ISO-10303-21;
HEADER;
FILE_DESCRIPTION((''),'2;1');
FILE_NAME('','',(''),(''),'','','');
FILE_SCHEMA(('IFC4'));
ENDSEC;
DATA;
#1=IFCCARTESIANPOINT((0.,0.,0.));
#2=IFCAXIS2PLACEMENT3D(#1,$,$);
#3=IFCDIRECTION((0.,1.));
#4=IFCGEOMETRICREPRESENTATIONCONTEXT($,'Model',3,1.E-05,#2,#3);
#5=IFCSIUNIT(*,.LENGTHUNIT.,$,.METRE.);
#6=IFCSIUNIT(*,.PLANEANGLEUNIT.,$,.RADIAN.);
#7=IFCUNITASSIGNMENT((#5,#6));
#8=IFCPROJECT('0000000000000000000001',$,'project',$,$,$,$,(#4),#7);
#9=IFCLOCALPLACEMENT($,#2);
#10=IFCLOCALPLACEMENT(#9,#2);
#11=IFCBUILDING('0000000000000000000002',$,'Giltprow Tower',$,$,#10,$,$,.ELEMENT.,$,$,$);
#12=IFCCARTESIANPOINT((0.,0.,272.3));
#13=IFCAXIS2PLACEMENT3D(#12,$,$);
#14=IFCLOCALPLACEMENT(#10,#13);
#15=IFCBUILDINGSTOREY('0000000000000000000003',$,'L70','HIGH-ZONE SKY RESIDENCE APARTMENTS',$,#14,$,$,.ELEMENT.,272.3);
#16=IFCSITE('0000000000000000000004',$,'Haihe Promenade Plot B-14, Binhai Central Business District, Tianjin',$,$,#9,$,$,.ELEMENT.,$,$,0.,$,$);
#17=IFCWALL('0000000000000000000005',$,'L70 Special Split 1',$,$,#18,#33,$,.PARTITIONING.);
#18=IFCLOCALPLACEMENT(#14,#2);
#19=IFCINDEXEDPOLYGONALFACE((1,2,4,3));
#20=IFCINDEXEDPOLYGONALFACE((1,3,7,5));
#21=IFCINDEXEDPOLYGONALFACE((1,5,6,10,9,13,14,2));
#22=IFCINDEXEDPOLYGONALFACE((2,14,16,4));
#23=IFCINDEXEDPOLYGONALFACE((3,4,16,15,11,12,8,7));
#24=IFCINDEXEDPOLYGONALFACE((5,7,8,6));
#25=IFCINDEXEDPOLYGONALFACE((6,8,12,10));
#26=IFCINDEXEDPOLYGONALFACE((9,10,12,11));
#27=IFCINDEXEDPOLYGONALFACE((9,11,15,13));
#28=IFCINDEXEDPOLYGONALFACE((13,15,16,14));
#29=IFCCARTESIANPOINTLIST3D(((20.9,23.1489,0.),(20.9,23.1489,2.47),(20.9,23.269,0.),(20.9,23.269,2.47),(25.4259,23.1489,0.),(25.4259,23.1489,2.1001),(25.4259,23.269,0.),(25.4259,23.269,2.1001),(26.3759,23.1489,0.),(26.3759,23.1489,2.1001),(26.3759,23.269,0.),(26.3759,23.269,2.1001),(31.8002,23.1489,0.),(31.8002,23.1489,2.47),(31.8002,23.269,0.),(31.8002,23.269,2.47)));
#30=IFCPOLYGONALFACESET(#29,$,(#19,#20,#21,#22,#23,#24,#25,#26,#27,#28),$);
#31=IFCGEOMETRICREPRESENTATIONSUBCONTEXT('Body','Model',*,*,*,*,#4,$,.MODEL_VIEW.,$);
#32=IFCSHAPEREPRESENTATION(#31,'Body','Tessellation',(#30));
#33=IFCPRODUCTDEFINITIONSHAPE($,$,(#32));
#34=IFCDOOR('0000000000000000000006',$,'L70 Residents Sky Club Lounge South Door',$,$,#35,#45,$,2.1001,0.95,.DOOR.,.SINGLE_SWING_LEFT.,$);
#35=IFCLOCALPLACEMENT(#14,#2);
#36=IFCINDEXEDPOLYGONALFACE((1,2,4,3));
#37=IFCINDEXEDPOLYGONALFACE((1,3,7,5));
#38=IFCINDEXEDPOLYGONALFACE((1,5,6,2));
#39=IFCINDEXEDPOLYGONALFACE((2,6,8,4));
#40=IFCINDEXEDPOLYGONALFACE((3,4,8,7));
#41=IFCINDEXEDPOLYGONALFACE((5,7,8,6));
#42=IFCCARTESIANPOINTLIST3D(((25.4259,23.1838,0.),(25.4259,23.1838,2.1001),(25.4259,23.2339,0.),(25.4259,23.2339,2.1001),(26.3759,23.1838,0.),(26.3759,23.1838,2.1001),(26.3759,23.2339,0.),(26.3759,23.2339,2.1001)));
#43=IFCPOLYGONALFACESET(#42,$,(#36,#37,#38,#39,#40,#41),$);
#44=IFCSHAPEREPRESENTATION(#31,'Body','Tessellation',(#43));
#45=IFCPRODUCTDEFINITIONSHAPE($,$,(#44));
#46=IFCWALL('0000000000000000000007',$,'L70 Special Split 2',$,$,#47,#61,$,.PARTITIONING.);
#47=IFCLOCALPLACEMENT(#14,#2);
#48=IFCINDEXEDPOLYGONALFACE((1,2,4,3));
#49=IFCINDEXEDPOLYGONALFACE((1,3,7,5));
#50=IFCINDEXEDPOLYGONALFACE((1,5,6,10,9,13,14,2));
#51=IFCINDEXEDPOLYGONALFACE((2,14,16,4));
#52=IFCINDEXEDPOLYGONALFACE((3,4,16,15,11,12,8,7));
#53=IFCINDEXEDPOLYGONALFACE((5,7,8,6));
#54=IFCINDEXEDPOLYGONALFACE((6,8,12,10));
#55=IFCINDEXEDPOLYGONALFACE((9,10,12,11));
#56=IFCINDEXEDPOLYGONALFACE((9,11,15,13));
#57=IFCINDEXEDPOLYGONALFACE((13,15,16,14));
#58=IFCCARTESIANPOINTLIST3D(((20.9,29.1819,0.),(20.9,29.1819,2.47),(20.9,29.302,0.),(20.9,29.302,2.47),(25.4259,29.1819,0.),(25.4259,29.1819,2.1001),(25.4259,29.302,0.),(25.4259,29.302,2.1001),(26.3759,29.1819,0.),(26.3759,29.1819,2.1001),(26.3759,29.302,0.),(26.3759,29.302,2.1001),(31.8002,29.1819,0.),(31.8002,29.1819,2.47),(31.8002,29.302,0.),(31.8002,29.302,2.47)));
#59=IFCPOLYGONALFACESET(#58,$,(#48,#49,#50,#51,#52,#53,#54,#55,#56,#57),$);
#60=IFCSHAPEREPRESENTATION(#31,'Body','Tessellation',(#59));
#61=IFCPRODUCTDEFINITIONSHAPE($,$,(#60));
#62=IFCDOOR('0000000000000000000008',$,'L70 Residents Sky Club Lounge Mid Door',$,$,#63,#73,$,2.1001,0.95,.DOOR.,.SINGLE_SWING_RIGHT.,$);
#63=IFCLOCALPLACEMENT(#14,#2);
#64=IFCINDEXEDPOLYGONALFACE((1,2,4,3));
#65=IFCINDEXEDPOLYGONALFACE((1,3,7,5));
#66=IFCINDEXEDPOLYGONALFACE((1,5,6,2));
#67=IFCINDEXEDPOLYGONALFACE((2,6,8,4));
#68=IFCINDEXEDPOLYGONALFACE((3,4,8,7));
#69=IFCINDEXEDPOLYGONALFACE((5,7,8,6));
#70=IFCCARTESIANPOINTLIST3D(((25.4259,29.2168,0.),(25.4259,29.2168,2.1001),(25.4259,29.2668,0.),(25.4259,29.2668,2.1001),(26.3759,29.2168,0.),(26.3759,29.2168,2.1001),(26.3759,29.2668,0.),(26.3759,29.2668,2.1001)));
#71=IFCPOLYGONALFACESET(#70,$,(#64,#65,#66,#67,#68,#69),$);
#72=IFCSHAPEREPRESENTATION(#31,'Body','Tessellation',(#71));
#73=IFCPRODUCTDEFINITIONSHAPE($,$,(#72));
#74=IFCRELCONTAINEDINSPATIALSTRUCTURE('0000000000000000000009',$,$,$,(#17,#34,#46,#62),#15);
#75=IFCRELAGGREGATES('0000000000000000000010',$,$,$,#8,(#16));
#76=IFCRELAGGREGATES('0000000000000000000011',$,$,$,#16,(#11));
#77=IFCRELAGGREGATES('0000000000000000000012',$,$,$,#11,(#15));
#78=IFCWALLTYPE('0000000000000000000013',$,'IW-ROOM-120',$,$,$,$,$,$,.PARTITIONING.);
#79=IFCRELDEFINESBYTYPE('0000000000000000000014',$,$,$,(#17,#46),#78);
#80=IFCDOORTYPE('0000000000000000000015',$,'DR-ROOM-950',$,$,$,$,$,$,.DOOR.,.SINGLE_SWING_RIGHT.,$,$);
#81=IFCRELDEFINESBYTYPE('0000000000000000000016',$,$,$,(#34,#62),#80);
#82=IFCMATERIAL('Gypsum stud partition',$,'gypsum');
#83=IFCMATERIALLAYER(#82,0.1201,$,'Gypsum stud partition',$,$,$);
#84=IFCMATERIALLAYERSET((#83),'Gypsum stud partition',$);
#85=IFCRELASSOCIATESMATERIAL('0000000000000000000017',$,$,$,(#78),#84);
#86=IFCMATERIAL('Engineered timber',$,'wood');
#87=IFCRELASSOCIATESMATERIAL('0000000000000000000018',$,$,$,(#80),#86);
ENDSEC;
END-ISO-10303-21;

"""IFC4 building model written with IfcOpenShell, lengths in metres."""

from ifc_helpers import new_model, si_unit, direction, frame, frame_2d, origin, place, context, subcontext, project, spatial, rectangle, extrude, source, transform, mapped, material, layer, layer_set, type_object, element, fill, save


model = new_model("IFC4")

# Units and contexts
model_context = context("Model", 3, precision=1e-05, world=origin(), true_north=direction((0.0, 1.0)))
body_context = subcontext(model_context, "Body", "Model", "MODEL_VIEW")
ifc_project = project(units=[si_unit("LENGTHUNIT", "METRE"), si_unit("PLANEANGLEUNIT", "RADIAN")], contexts=[model_context])

# Site, building, storey
site_placement = place(None, origin())
site = spatial("IfcSite", under=ifc_project, at=site_placement, Name="Haihe Promenade Plot B-14, Binhai Central Business District, Tianjin", CompositionType="ELEMENT", RefElevation=0.0)
building_placement = place(site_placement, origin())
building = spatial("IfcBuilding", under=site, at=building_placement, Name="Giltprow Tower", CompositionType="ELEMENT")
storey_placement = place(building_placement, frame((0.0, 0.0, 272.3)))
storey = spatial("IfcBuildingStorey", under=building, at=storey_placement, Name="L70", Description="HIGH-ZONE SKY RESIDENCE APARTMENTS", CompositionType="ELEMENT", Elevation=272.3)

# Shared definitions
ifc_material_1 = material(Name="Gypsum stud partition", Category="gypsum")

# Walls, openings, doors
ifc_layer_1 = layer(ifc_material_1, 0.1201, Name="Gypsum stud partition")
ifc_layer_set_1 = layer_set([ifc_layer_1], Name="Gypsum stud partition")
wall_type_1 = type_object("IfcWallType", Name="IW-ROOM-120", PredefinedType="PARTITIONING", material=ifc_layer_set_1)
wall_1_placement = place(storey_placement, frame((20.8999, 23.209, 0.0), z_axis=(0.0, 0.0, 1.0), x_axis=(1.0, 0.0, 0.0)))
wall_1 = element("IfcWall", 1, at=wall_1_placement, inside=storey, type_object=wall_type_1, Name="L70 Special Split 1", PredefinedType="PARTITIONING", context=body_context, shape_type="SweptSolid", body=[
    extrude(rectangle(XDim=10.9001, YDim=0.1201, at=frame_2d((5.4502, 0.0))), origin(), (0.0, 0.0, 1.0), 2.47),
])
opening_1_placement = place(wall_1_placement, frame((4.5259, 0.0, 0.0)))
opening_1 = element("IfcOpeningElement", 2, at=opening_1_placement, cuts=wall_1, PredefinedType="OPENING", context=body_context, shape_type="SweptSolid", body=[
    extrude(rectangle(XDim=0.95, YDim=2.1001, at=frame_2d((0.4751, 1.05))), frame((0.0, 0.0701, 0.0), z_axis=(0.0, -1.0, 0.0), x_axis=(1.0, 0.0, 0.0)), (0.0, 0.0, 1.0), 0.1401),
])
ifc_material_2 = material(Name="Engineered timber", Category="wood")
door_type_1 = type_object("IfcDoorType", Name="DR-ROOM-950", OperationType="SINGLE_SWING_RIGHT", PredefinedType="DOOR", material=ifc_material_2)
shared_shape_1 = source(origin(), body_context, "Body", "SweptSolid", [
    extrude(rectangle(XDim=0.95, YDim=2.1001, at=frame_2d((0.4751, 1.05))), frame((0.0, 0.0249, 0.0), z_axis=(0.0, -1.0, 0.0), x_axis=(1.0, 0.0, 0.0)), (0.0, 0.0, 1.0), 0.05),
])
door_1_placement = place(opening_1_placement, origin())
door_1 = element("IfcDoor", 3, at=door_1_placement, inside=storey, type_object=door_type_1, Name="L70 Residents Sky Club Lounge South Door", OperationType="SINGLE_SWING_LEFT", OverallHeight=2.1001, OverallWidth=0.95, PredefinedType="DOOR", context=body_context, shape_type="MappedRepresentation", body=[
    mapped(shared_shape_1, transform((0.0, 0.0, 0.0), x_axis=(1.0, 0.0, 0.0), y_axis=(0.0, 1.0, 0.0), z_axis=(0.0, 0.0, 1.0), scale=1.0)),
])
fill(opening_1, door_1)
wall_2_placement = place(storey_placement, frame((20.8999, 29.2419, 0.0), z_axis=(0.0, 0.0, 1.0), x_axis=(1.0, 0.0, 0.0)))
wall_2 = element("IfcWall", 4, at=wall_2_placement, inside=storey, type_object=wall_type_1, Name="L70 Special Split 2", PredefinedType="PARTITIONING", context=body_context, shape_type="SweptSolid", body=[
    extrude(rectangle(XDim=10.9001, YDim=0.1201, at=frame_2d((5.4502, 0.0))), origin(), (0.0, 0.0, 1.0), 2.47),
])
opening_2_placement = place(wall_2_placement, frame((4.5259, 0.0, 0.0)))
opening_2 = element("IfcOpeningElement", 5, at=opening_2_placement, cuts=wall_2, PredefinedType="OPENING", context=body_context, shape_type="SweptSolid", body=[
    extrude(rectangle(XDim=0.95, YDim=2.1001, at=frame_2d((0.4751, 1.05))), frame((0.0, 0.0701, 0.0), z_axis=(0.0, -1.0, 0.0), x_axis=(1.0, 0.0, 0.0)), (0.0, 0.0, 1.0), 0.1401),
])
door_2_placement = place(opening_2_placement, origin())
door_2 = element("IfcDoor", 6, at=door_2_placement, inside=storey, type_object=door_type_1, Name="L70 Residents Sky Club Lounge Mid Door", OperationType="SINGLE_SWING_RIGHT", OverallHeight=2.1001, OverallWidth=0.95, PredefinedType="DOOR", context=body_context, shape_type="MappedRepresentation", body=[
    mapped(shared_shape_1, transform((0.0, 0.0, 0.0), x_axis=(1.0, 0.0, 0.0), y_axis=(0.0, 1.0, 0.0), z_axis=(0.0, 0.0, 1.0), scale=1.0)),
])
fill(opening_2, door_2)

save(model, "model.ifc")
